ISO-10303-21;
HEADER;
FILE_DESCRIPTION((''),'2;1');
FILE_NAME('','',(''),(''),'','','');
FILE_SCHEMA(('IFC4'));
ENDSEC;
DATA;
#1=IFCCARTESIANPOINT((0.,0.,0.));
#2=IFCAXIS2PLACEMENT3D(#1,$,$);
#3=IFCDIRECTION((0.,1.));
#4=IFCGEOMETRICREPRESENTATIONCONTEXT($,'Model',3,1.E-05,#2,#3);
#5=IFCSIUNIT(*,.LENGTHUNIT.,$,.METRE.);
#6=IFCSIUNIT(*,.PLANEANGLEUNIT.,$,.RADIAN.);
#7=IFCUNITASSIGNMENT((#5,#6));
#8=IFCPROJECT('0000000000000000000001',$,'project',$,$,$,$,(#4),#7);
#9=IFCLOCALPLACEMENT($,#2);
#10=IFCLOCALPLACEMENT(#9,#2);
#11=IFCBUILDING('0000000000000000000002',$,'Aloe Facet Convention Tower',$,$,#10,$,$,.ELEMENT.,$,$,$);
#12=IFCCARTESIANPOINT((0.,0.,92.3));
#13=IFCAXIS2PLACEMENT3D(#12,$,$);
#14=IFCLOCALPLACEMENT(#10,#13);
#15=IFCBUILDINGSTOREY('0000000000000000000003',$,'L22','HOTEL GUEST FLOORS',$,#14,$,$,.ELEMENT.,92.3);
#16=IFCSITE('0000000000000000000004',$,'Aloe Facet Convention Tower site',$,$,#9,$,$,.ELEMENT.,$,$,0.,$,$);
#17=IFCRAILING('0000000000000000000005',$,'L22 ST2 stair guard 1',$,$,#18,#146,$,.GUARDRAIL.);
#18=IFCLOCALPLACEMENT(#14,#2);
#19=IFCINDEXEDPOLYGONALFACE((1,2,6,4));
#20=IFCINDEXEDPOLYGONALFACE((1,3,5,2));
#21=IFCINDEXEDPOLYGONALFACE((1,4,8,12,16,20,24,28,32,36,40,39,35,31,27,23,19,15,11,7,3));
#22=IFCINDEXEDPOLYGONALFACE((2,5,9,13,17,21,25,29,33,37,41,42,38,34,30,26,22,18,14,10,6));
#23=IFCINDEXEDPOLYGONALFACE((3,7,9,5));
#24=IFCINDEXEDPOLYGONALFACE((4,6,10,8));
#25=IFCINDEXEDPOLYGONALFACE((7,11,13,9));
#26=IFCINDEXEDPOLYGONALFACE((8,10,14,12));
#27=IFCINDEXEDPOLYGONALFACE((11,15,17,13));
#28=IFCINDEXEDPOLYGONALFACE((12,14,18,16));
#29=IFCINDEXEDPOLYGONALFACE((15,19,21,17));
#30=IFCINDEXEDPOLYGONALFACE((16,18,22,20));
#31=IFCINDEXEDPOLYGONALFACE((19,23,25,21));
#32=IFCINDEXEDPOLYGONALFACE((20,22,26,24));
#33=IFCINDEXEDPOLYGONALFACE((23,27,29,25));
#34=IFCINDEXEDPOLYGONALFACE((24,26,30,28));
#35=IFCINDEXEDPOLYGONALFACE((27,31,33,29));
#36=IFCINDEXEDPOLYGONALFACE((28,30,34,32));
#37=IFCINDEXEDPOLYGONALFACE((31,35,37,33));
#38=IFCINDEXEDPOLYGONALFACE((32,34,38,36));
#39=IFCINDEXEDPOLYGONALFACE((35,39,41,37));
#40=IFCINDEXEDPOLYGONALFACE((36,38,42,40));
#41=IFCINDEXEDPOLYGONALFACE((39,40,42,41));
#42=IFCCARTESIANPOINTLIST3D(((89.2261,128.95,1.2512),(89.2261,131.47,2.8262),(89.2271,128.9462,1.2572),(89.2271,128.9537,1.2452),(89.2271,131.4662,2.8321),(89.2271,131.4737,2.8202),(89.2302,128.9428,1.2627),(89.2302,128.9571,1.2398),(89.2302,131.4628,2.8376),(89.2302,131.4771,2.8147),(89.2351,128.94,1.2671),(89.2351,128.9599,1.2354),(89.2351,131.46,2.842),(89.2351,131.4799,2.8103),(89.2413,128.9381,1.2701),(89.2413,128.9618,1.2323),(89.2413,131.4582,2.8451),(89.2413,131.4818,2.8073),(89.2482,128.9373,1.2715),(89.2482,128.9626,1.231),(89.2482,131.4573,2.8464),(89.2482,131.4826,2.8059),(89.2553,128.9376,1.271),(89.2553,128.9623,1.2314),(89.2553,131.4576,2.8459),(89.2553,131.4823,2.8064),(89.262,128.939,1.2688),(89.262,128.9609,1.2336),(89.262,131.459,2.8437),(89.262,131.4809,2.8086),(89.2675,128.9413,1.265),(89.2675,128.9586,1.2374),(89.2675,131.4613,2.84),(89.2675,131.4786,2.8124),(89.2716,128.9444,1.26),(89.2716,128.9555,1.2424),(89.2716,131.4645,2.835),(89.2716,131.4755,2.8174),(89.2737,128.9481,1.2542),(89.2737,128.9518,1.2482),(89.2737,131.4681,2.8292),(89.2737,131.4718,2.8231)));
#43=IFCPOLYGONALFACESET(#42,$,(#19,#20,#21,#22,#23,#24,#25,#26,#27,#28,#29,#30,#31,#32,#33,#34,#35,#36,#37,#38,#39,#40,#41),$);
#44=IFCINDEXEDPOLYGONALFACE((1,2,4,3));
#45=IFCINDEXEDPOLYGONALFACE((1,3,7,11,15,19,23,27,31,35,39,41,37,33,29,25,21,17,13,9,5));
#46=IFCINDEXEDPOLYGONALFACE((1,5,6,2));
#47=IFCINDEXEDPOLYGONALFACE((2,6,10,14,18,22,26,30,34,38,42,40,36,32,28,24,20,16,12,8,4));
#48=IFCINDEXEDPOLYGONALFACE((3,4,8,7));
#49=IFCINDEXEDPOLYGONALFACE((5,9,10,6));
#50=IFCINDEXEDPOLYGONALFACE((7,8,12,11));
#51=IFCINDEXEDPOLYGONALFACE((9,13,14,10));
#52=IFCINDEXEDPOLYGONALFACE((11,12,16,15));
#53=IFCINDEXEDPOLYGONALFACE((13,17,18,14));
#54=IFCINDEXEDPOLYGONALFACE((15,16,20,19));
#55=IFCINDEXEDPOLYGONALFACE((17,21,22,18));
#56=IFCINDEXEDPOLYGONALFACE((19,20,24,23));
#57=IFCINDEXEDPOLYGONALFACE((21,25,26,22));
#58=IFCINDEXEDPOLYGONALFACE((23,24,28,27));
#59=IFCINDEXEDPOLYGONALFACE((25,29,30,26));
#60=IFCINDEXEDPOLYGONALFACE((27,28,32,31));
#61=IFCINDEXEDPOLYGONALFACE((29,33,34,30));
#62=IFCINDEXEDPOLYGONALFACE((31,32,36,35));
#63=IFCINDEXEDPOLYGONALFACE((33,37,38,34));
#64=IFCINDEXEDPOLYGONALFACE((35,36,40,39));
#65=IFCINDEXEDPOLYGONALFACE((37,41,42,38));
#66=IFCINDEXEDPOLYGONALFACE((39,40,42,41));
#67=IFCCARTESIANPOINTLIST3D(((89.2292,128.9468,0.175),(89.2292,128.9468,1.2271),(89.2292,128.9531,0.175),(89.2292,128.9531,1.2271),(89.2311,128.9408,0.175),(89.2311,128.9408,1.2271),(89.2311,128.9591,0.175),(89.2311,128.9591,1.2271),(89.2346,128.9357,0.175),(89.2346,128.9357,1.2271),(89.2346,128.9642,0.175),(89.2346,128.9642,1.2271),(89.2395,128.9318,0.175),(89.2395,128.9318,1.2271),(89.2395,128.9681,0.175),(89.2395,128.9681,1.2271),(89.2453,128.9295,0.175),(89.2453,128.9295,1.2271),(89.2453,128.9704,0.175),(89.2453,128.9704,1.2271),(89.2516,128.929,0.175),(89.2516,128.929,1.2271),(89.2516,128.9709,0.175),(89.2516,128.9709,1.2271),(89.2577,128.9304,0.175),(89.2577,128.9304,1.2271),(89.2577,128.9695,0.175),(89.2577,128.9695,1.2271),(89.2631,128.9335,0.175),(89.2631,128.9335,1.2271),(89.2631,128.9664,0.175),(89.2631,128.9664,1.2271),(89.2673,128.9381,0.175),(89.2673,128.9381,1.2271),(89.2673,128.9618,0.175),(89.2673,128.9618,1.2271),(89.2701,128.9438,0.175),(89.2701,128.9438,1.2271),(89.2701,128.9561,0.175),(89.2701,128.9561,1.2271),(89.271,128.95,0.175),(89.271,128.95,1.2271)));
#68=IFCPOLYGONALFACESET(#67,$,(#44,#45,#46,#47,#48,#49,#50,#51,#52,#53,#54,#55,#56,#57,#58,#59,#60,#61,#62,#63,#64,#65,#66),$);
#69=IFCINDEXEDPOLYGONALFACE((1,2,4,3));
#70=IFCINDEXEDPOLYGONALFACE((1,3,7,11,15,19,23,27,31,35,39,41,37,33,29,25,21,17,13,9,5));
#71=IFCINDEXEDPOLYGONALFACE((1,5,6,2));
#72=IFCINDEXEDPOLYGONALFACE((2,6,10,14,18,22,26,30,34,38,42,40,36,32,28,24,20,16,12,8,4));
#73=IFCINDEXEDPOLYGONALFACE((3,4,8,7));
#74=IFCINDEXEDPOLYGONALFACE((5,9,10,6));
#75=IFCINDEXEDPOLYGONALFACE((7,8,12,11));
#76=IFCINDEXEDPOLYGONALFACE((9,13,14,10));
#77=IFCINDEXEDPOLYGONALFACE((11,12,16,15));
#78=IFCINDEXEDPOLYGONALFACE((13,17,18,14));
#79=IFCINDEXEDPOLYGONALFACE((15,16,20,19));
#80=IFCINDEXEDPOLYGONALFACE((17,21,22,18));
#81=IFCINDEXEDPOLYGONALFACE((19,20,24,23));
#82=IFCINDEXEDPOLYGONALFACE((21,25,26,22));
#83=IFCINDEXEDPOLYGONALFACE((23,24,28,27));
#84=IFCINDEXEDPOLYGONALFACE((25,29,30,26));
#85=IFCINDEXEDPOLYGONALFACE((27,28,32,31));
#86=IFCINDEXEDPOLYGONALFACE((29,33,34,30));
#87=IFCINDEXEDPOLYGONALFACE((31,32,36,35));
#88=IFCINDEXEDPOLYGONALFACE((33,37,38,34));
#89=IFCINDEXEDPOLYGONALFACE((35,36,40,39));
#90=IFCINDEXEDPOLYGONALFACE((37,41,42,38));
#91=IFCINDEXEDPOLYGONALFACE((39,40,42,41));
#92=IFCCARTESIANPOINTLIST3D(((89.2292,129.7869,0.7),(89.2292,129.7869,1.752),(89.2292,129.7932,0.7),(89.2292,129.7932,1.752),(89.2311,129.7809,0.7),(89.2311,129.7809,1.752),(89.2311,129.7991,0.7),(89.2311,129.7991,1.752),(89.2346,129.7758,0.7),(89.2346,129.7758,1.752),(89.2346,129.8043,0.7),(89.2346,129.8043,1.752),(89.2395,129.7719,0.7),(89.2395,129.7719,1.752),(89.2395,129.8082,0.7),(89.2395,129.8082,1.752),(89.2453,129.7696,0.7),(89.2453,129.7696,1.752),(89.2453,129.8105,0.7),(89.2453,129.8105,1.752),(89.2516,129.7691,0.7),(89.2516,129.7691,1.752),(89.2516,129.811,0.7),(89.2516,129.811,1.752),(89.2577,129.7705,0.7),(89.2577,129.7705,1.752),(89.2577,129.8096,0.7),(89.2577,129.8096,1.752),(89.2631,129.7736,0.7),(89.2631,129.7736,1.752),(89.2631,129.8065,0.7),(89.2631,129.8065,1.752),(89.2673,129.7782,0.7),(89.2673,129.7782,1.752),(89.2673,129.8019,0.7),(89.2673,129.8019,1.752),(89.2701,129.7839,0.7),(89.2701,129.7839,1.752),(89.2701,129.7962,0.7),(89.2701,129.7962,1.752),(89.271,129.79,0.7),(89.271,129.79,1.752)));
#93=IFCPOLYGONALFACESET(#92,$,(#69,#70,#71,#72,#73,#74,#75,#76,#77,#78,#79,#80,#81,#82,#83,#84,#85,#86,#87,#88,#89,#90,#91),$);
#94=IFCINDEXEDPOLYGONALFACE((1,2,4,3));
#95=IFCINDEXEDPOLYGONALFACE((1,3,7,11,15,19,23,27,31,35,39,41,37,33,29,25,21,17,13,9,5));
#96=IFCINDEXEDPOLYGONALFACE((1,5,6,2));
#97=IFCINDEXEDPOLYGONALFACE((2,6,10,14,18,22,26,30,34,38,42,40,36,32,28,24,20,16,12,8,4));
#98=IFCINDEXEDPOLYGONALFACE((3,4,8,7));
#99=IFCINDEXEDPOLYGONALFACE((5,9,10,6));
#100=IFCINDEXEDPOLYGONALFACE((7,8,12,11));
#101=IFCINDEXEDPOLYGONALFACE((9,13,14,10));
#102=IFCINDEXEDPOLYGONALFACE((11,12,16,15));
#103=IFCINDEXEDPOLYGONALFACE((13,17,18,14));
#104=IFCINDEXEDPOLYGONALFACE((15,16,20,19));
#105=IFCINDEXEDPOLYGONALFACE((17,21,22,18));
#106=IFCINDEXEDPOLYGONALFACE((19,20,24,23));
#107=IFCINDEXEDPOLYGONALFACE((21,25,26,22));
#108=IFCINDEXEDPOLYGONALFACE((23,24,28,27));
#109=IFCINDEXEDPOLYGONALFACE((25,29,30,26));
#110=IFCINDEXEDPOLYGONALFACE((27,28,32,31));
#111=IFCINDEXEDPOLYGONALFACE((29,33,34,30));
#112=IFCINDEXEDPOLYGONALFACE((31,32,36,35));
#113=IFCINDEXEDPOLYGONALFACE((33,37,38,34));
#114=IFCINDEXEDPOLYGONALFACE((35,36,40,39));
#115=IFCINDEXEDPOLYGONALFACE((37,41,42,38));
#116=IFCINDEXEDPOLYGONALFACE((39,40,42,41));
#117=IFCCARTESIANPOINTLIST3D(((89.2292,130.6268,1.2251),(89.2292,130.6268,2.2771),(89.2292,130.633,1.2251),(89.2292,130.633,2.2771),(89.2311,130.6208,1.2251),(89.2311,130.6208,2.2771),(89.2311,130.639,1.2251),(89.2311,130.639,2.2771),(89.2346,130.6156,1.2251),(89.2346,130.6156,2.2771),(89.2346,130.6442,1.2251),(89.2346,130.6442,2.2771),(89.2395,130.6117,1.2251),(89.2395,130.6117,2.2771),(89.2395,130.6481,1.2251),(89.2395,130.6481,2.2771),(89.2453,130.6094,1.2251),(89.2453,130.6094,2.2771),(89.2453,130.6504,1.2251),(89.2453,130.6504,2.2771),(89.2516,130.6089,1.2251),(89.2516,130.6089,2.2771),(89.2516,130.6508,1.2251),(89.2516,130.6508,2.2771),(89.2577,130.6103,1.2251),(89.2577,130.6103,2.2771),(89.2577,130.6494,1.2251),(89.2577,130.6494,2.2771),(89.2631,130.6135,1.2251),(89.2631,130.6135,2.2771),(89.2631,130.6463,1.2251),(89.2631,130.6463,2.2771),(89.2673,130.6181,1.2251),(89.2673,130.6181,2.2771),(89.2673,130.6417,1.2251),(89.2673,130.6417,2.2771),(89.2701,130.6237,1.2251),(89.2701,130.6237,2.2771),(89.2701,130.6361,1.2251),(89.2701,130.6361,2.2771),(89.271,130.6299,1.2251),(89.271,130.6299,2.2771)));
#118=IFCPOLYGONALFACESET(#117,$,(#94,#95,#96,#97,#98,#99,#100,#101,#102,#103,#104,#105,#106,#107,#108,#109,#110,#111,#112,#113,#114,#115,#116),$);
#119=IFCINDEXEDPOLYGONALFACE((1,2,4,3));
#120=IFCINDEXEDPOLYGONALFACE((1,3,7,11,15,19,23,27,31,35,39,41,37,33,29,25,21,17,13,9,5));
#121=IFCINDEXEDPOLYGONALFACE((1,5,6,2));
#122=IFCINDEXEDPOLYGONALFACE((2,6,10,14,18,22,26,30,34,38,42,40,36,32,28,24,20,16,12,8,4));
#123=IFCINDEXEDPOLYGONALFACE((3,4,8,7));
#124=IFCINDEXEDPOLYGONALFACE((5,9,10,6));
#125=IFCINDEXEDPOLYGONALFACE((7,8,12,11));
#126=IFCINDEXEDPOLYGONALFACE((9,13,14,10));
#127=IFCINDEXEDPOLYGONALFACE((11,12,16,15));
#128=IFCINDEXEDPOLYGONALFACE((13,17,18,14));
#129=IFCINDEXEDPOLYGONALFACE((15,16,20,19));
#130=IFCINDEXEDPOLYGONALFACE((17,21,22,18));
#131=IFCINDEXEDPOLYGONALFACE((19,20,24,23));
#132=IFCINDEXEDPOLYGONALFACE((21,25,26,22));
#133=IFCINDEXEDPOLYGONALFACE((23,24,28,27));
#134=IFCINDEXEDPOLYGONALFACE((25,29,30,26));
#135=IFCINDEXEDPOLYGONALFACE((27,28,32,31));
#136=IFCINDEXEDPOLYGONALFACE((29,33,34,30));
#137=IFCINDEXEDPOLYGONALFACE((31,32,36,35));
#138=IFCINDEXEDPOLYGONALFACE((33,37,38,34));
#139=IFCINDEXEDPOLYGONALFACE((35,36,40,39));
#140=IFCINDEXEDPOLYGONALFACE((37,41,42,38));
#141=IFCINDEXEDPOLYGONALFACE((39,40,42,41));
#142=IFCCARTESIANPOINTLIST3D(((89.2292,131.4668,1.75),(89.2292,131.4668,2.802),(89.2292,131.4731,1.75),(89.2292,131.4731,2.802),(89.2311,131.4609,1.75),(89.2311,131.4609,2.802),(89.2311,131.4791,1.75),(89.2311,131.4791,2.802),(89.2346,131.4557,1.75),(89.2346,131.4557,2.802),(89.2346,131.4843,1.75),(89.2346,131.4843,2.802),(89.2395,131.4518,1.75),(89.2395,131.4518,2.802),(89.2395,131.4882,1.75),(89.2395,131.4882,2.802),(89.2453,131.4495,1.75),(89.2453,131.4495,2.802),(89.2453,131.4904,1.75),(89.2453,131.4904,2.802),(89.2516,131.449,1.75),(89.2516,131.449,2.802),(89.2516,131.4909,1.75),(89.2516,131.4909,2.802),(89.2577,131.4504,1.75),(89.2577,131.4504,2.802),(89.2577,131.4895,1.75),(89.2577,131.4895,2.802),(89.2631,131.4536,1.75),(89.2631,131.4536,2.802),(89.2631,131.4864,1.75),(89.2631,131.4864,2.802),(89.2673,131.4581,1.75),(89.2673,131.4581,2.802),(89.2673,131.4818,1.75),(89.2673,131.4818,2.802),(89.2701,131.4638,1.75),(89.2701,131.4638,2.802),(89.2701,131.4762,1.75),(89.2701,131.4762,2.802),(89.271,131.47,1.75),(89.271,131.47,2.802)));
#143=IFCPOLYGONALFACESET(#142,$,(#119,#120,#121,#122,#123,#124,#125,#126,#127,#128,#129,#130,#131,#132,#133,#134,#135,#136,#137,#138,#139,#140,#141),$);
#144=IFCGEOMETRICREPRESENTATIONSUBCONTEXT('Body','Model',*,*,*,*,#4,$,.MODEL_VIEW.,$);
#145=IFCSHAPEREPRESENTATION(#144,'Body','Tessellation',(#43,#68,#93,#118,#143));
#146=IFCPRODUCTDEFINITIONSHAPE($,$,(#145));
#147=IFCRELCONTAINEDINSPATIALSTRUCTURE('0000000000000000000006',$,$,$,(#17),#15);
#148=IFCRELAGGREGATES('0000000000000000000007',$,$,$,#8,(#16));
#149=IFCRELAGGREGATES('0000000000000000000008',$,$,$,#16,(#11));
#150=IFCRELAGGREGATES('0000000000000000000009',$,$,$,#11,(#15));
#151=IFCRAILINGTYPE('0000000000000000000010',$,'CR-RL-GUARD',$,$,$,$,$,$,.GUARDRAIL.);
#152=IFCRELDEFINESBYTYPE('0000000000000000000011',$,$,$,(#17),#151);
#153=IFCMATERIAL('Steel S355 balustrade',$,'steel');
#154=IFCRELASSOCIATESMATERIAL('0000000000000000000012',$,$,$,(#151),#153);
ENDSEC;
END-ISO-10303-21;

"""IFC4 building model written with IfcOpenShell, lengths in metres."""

from ifc_helpers import new_model, si_unit, direction, frame, origin, origin_2d, place, context, subcontext, project, spatial, circle, extrude, material, type_object, element, save


model = new_model("IFC4")

# Units and contexts
model_context = context("Model", 3, precision=1e-05, world=origin(), true_north=direction((0.0, 1.0)))
body_context = subcontext(model_context, "Body", "Model", "MODEL_VIEW")
ifc_project = project(units=[si_unit("LENGTHUNIT", "METRE"), si_unit("PLANEANGLEUNIT", "RADIAN")], contexts=[model_context])

# Site, building, storey
site_placement = place(None, origin())
site = spatial("IfcSite", under=ifc_project, at=site_placement, Name="Aloe Facet Convention Tower site", CompositionType="ELEMENT", RefElevation=0.0)
building_placement = place(site_placement, origin())
building = spatial("IfcBuilding", under=site, at=building_placement, Name="Aloe Facet Convention Tower", CompositionType="ELEMENT")
storey_placement = place(building_placement, frame((0.0, 0.0, 92.3)))
storey = spatial("IfcBuildingStorey", under=building, at=storey_placement, Name="L22", Description="HOTEL GUEST FLOORS", CompositionType="ELEMENT", Elevation=92.3)

# Railing
ifc_material_1 = material(Name="Steel S355 balustrade", Category="steel")
railing_type_1 = type_object("IfcRailingType", Name="CR-RL-GUARD", PredefinedType="GUARDRAIL", material=ifc_material_1)
railing_1_placement = place(storey_placement, frame((89.25, 128.95, 0.175)))
element("IfcRailing", 1, at=railing_1_placement, inside=storey, type_object=railing_type_1, Name="L22 ST2 stair guard 1", PredefinedType="GUARDRAIL", context=body_context, shape_type="SweptSolid", body=[
    extrude(circle(Radius=0.0239, at=origin_2d()), frame((0.0, 0.0, 1.0762), z_axis=(0.0, 0.848008, 0.529984), x_axis=(-1.0, 0.0, 0.0)), (0.0, 0.0, 1.0), 2.9717),
    extrude(circle(Radius=0.021, at=origin_2d()), origin(), (0.0, 0.0, 1.0), 1.052),
    extrude(circle(Radius=0.021, at=origin_2d()), frame((0.0, 0.8401, 0.5249)), (0.0, 0.0, 1.0), 1.052),
    extrude(circle(Radius=0.021, at=origin_2d()), frame((0.0, 1.6799, 1.05)), (0.0, 0.0, 1.0), 1.052),
    extrude(circle(Radius=0.021, at=origin_2d()), frame((0.0, 2.52, 1.575)), (0.0, 0.0, 1.0), 1.052),
])

save(model, "model.ifc")
